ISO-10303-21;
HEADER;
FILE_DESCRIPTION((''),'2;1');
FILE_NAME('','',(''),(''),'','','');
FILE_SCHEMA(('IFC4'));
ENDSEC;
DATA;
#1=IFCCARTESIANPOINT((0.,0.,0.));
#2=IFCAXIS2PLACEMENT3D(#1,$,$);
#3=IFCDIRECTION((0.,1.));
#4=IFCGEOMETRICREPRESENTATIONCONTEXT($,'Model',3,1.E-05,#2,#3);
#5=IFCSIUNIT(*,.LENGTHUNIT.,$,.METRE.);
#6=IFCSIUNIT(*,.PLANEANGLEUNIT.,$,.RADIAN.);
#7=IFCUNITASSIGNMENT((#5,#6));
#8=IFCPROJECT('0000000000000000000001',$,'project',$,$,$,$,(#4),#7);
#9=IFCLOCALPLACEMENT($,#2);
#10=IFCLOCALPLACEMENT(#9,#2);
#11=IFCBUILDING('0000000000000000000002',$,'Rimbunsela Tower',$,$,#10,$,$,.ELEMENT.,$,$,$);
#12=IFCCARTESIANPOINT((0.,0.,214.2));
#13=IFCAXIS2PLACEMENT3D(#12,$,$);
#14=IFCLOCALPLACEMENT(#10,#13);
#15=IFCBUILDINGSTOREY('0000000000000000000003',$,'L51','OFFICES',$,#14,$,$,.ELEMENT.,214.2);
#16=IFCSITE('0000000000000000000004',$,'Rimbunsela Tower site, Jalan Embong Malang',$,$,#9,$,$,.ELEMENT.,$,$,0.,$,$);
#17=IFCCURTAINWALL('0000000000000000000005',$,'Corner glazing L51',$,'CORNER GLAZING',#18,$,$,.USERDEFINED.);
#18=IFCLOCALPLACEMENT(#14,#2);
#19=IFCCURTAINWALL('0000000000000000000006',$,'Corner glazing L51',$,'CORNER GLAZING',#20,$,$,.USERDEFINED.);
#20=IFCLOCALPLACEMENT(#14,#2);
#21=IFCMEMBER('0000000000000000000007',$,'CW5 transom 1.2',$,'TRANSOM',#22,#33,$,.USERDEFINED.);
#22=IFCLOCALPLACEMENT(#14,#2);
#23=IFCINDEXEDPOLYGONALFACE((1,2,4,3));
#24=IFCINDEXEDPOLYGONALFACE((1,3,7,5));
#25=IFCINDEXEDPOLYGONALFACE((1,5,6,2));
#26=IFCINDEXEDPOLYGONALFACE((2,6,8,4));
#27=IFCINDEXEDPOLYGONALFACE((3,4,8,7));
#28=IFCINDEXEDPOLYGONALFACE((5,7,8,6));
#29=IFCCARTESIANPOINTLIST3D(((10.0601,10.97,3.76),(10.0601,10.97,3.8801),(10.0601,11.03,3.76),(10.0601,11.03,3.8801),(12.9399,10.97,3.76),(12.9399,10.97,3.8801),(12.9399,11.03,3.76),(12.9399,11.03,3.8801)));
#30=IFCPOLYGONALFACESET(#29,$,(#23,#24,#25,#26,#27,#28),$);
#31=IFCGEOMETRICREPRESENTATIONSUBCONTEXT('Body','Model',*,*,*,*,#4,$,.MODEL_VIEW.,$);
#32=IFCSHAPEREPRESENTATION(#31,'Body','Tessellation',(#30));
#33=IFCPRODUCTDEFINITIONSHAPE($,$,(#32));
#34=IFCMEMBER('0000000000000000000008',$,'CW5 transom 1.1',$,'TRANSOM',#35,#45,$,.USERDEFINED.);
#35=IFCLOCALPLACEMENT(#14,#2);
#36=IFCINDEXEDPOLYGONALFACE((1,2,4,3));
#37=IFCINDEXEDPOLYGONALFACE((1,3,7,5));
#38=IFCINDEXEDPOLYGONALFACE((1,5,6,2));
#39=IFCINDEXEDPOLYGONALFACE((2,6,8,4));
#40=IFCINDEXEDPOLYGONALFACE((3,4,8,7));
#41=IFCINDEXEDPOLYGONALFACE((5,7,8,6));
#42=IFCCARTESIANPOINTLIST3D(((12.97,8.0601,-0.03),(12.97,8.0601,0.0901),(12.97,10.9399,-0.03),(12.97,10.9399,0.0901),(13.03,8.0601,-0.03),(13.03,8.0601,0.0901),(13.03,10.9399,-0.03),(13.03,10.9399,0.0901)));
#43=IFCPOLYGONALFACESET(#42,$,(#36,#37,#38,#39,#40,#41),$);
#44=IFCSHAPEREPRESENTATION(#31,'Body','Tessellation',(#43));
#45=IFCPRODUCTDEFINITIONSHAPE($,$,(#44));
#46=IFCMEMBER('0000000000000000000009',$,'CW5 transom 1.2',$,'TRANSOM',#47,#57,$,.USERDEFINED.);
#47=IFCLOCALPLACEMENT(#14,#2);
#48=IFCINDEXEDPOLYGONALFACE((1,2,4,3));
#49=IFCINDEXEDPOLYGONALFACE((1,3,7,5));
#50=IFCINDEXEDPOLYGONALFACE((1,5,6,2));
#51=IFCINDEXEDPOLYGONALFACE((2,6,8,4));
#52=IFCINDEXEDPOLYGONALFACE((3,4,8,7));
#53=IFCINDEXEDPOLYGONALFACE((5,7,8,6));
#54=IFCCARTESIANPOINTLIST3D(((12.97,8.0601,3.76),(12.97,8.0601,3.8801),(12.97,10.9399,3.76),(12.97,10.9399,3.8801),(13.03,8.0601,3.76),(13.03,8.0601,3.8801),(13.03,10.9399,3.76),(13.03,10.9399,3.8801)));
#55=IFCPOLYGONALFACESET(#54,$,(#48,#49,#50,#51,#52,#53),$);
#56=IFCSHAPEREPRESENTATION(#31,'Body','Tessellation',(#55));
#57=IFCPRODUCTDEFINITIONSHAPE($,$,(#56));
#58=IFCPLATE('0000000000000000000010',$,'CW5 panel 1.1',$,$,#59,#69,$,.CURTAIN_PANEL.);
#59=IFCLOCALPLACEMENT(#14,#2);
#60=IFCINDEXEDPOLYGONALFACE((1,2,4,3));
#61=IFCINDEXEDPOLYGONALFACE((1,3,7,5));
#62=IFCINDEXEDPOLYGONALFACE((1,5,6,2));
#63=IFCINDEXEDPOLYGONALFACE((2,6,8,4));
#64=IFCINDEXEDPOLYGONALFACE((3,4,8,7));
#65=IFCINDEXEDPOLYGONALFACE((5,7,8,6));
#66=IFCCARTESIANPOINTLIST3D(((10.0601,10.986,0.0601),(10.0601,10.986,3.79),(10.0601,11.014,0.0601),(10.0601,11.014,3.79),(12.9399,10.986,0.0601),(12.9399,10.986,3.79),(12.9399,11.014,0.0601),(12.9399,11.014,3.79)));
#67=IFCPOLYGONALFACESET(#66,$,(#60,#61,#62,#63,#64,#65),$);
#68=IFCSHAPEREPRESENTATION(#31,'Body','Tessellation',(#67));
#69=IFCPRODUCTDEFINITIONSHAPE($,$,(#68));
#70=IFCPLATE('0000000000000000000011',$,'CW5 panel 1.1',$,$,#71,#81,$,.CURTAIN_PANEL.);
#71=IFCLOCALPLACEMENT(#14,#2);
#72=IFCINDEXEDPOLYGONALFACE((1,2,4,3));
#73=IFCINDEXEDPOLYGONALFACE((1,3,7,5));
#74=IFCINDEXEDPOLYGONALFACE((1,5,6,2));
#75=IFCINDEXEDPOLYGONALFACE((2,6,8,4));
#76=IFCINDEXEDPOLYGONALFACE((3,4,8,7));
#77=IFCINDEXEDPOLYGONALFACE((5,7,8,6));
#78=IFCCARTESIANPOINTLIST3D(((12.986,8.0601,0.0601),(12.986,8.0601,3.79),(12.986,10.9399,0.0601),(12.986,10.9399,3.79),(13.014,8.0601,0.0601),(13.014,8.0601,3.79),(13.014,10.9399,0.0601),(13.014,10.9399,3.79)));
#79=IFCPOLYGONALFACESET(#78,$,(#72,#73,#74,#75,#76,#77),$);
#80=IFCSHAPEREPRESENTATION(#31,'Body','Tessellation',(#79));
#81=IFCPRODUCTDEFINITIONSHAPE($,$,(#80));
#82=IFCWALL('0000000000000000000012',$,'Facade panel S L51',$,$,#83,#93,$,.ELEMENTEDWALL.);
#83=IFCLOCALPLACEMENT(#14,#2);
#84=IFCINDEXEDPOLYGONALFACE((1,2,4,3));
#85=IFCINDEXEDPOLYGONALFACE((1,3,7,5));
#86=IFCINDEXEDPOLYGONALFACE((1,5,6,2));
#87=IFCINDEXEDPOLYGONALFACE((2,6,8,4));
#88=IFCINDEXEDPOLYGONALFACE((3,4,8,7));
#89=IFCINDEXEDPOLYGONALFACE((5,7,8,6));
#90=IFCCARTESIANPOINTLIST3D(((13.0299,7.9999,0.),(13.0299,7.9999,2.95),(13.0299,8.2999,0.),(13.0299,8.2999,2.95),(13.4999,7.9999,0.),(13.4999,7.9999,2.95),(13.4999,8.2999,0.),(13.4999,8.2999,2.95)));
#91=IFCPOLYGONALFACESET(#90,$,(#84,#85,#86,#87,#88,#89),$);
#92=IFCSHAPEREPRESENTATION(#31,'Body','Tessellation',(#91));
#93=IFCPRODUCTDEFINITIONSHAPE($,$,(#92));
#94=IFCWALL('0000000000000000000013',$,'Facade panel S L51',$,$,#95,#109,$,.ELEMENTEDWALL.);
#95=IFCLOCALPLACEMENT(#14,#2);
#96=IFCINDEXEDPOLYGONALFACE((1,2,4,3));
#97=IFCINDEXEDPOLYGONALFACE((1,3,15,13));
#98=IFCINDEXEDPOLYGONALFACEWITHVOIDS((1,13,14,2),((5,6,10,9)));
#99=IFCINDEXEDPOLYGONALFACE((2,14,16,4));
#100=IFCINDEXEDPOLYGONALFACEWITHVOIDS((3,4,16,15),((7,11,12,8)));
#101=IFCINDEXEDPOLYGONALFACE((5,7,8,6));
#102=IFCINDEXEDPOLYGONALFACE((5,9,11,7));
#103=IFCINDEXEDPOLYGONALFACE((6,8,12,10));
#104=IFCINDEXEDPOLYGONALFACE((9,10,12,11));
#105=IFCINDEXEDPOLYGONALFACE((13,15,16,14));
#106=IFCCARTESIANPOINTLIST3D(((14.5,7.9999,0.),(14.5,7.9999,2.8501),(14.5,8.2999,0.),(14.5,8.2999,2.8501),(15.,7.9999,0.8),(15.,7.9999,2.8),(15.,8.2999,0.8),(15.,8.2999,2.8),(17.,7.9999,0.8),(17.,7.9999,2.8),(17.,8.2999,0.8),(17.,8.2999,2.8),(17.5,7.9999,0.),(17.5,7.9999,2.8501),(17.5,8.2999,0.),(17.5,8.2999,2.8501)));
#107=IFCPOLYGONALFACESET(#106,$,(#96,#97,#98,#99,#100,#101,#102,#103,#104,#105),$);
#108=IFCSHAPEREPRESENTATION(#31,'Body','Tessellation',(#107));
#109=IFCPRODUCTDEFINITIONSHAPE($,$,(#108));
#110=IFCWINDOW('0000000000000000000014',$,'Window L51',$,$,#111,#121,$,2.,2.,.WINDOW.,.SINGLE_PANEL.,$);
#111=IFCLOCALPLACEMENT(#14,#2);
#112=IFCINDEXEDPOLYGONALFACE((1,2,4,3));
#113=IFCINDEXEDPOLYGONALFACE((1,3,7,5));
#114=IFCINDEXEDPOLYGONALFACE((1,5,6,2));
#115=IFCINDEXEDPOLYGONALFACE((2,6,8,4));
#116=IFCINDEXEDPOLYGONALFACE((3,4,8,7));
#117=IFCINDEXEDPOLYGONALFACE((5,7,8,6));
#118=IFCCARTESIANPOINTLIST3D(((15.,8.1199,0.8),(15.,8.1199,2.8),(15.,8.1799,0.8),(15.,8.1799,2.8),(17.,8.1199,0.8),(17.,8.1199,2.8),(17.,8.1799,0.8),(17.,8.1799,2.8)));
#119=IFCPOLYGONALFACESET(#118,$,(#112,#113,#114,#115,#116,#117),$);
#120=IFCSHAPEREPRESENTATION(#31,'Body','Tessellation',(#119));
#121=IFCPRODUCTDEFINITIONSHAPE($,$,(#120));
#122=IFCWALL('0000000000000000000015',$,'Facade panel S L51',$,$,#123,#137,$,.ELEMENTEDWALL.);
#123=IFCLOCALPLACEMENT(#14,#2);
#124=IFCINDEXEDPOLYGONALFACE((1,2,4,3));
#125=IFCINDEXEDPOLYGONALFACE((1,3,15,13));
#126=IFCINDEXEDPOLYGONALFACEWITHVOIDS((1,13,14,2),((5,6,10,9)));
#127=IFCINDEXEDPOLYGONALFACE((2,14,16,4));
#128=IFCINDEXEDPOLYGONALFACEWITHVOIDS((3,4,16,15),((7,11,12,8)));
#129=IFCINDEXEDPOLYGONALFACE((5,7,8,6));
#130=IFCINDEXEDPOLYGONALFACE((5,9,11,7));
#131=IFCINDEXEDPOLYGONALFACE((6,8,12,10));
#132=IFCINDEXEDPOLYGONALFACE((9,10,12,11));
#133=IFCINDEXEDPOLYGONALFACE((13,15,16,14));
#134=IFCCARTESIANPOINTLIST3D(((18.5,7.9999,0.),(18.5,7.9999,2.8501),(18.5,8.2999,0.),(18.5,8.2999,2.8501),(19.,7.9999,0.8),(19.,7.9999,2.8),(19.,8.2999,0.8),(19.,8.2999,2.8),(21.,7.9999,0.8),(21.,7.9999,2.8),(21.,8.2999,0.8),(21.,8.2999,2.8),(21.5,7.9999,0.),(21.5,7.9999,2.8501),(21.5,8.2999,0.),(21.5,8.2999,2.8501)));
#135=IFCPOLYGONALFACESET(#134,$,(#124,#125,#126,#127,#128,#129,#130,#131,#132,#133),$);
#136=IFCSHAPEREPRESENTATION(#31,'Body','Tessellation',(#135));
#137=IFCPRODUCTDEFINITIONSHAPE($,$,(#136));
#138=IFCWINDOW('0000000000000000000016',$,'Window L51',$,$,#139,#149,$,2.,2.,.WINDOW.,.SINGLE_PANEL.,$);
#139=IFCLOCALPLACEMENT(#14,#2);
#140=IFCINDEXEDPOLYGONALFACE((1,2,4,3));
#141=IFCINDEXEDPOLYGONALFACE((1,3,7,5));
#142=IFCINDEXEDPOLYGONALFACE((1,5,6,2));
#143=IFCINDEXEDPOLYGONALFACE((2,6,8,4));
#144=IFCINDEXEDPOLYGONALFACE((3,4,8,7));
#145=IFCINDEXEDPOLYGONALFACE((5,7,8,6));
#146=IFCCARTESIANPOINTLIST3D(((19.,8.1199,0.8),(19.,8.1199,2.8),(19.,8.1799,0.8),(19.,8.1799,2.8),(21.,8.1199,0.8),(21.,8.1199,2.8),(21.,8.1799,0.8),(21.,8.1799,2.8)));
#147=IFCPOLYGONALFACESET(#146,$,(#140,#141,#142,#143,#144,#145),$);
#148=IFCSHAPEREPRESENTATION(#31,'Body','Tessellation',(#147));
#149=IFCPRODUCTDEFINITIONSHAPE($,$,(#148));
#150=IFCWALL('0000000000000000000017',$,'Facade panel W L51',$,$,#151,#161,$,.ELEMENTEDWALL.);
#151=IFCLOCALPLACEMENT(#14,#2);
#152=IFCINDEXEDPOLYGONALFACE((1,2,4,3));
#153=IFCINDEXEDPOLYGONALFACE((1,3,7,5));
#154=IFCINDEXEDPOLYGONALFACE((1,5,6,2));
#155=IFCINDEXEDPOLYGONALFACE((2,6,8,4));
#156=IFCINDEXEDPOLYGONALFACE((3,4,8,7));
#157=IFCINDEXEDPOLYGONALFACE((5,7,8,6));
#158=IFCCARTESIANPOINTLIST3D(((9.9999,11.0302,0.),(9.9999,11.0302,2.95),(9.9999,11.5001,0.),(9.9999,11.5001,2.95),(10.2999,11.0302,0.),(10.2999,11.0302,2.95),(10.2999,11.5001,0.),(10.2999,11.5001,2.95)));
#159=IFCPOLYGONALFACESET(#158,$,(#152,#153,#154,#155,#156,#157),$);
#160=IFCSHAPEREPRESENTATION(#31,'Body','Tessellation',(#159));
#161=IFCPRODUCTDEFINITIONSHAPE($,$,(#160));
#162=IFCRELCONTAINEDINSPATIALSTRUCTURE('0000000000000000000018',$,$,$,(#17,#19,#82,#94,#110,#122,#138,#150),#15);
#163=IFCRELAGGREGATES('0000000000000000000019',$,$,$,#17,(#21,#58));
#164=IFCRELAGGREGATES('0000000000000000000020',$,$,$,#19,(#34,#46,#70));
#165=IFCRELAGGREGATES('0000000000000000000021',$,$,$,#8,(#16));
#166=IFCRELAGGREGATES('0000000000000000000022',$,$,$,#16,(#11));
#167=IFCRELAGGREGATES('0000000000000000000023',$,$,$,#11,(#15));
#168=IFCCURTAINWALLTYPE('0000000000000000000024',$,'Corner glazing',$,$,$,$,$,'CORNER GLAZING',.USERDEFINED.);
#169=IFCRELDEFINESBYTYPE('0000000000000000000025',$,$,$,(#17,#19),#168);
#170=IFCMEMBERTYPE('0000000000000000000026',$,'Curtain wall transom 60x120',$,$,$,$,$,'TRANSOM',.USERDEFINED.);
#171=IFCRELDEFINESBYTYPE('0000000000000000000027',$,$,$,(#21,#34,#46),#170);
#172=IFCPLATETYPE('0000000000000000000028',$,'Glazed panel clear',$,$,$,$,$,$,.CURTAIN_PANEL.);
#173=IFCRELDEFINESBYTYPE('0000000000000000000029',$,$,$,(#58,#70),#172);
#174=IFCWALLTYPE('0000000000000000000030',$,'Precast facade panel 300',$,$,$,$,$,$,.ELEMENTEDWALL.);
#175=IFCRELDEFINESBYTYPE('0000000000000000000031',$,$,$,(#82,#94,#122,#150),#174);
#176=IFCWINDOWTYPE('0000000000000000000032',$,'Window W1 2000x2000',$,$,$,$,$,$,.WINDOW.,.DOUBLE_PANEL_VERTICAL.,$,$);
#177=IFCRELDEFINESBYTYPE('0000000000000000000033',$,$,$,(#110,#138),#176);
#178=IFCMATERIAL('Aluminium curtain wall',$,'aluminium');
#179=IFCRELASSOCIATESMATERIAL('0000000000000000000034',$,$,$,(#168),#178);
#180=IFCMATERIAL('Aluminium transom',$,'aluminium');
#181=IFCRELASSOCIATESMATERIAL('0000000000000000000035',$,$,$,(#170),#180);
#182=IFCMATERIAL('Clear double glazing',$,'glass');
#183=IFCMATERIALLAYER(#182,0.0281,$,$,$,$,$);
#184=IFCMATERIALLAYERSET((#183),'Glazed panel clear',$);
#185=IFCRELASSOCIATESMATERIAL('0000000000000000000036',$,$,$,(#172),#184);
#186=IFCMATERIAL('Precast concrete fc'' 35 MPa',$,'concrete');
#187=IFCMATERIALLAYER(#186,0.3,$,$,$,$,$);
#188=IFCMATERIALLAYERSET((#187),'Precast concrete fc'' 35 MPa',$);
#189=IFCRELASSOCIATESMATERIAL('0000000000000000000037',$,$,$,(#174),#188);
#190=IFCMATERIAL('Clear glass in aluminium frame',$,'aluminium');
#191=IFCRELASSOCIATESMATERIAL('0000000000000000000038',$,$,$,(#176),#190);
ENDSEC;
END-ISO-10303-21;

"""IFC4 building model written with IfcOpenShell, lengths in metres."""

from ifc_helpers import new_model, si_unit, direction, frame, frame_2d, origin, origin_2d, place, context, subcontext, project, spatial, rectangle, extrude, material, layer, layer_set, material_profile, profile_set, type_object, element, fill, aggregate, save


model = new_model("IFC4")

# Units and contexts
model_context = context("Model", 3, precision=1e-05, world=origin(), true_north=direction((0.0, 1.0)))
body_context = subcontext(model_context, "Body", "Model", "MODEL_VIEW")
ifc_project = project(units=[si_unit("LENGTHUNIT", "METRE"), si_unit("PLANEANGLEUNIT", "RADIAN")], contexts=[model_context])

# Site, building, storey
site_placement = place(None, origin())
site = spatial("IfcSite", under=ifc_project, at=site_placement, Name="Rimbunsela Tower site, Jalan Embong Malang", CompositionType="ELEMENT", RefElevation=0.0)
building_placement = place(site_placement, origin())
building = spatial("IfcBuilding", under=site, at=building_placement, Name="Rimbunsela Tower", CompositionType="ELEMENT")
storey_placement = place(building_placement, frame((0.0, 0.0, 214.2)))
storey = spatial("IfcBuildingStorey", under=building, at=storey_placement, Name="L51", Description="OFFICES", CompositionType="ELEMENT", Elevation=214.2)

# Curtain walls
ifc_material_1 = material(Name="Aluminium curtain wall", Category="aluminium")
curtain_wall_type = type_object("IfcCurtainWallType", Name="Corner glazing", ElementType="CORNER GLAZING", PredefinedType="USERDEFINED", material=ifc_material_1)
curtain_wall_1_placement = place(storey_placement, origin())
curtain_wall_1 = element("IfcCurtainWall", 1, at=curtain_wall_1_placement, inside=storey, type_object=curtain_wall_type, Name="Corner glazing L51", ObjectType="CORNER GLAZING", PredefinedType="USERDEFINED")
curtain_wall_2_placement = place(storey_placement, origin())
curtain_wall_2 = element("IfcCurtainWall", 2, at=curtain_wall_2_placement, inside=storey, type_object=curtain_wall_type, Name="Corner glazing L51", ObjectType="CORNER GLAZING", PredefinedType="USERDEFINED")

# Members
ifc_material_2 = material(Name="Aluminium transom", Category="aluminium")
ifc_material_profile_1 = material_profile(ifc_material_2, rectangle(XDim=0.0601, YDim=0.1201, at=origin_2d()), Name="Transom 60x120")
ifc_profile_set_1 = profile_set([ifc_material_profile_1], Name="Aluminium transom")
member_type_1 = type_object("IfcMemberType", Name="Curtain wall transom 60x120", ElementType="TRANSOM", PredefinedType="USERDEFINED", material=ifc_profile_set_1)
member_1_placement = place(storey_placement, frame((10.0601, 11.0, 3.8201), z_axis=(1.0, 0.0, 0.0), x_axis=(0.0, 1.0, 0.0)))
member_1 = element("IfcMember", 3, at=member_1_placement, type_object=member_type_1, Name="CW5 transom 1.2", ObjectType="TRANSOM", PredefinedType="USERDEFINED", context=body_context, shape_type="SweptSolid", body=[
    extrude(rectangle(XDim=0.0601, YDim=0.1201, at=origin_2d()), origin(), (0.0, 0.0, 1.0), 2.8799),
])
member_2_placement = place(storey_placement, frame((13.0, 10.9399, 0.03), z_axis=(0.0, -1.0, 0.0), x_axis=(1.0, 0.0, 0.0)))
member_2 = element("IfcMember", 4, at=member_2_placement, type_object=member_type_1, Name="CW5 transom 1.1", ObjectType="TRANSOM", PredefinedType="USERDEFINED", context=body_context, shape_type="SweptSolid", body=[
    extrude(rectangle(XDim=0.0601, YDim=0.1201, at=origin_2d()), origin(), (0.0, 0.0, 1.0), 2.8799),
])
member_3_placement = place(storey_placement, frame((13.0, 10.9399, 3.8201), z_axis=(0.0, -1.0, 0.0), x_axis=(1.0, 0.0, 0.0)))
member_3 = element("IfcMember", 5, at=member_3_placement, type_object=member_type_1, Name="CW5 transom 1.2", ObjectType="TRANSOM", PredefinedType="USERDEFINED", context=body_context, shape_type="SweptSolid", body=[
    extrude(rectangle(XDim=0.0601, YDim=0.1201, at=origin_2d()), origin(), (0.0, 0.0, 1.0), 2.8799),
])

# Plates
ifc_material_3 = material(Name="Clear double glazing", Category="glass")
ifc_layer_1 = layer(ifc_material_3, 0.0281)
ifc_layer_set_1 = layer_set([ifc_layer_1], Name="Glazed panel clear")
plate_type = type_object("IfcPlateType", Name="Glazed panel clear", PredefinedType="CURTAIN_PANEL", material=ifc_layer_set_1)
plate_1_placement = place(storey_placement, frame((11.5, 11.0, 0.0601), z_axis=(0.0, 0.0, 1.0), x_axis=(1.0, 0.0, 0.0)))
plate_1 = element("IfcPlate", 6, at=plate_1_placement, type_object=plate_type, Name="CW5 panel 1.1", PredefinedType="CURTAIN_PANEL", context=body_context, shape_type="SweptSolid", body=[
    extrude(rectangle(XDim=2.8799, YDim=0.0281, at=origin_2d()), origin(), (0.0, 0.0, 1.0), 3.73),
])
aggregate(curtain_wall_1, [member_1, plate_1])
plate_2_placement = place(storey_placement, frame((13.0, 9.5, 0.0601), z_axis=(0.0, 0.0, 1.0), x_axis=(0.0, -1.0, 0.0)))
plate_2 = element("IfcPlate", 7, at=plate_2_placement, type_object=plate_type, Name="CW5 panel 1.1", PredefinedType="CURTAIN_PANEL", context=body_context, shape_type="SweptSolid", body=[
    extrude(rectangle(XDim=2.8799, YDim=0.0281, at=origin_2d()), origin(), (0.0, 0.0, 1.0), 3.73),
])
aggregate(curtain_wall_2, [member_2, member_3, plate_2])

# Wall
ifc_material_4 = material(Name="Precast concrete fc' 35 MPa", Category="concrete")
ifc_layer_2 = layer(ifc_material_4, 0.3)
ifc_layer_set_2 = layer_set([ifc_layer_2], Name="Precast concrete fc' 35 MPa")
wall_type = type_object("IfcWallType", Name="Precast facade panel 300", PredefinedType="ELEMENTEDWALL", material=ifc_layer_set_2)
wall_1_placement = place(storey_placement, frame((13.03, 8.1499, 0.0), z_axis=(0.0, 0.0, 1.0), x_axis=(1.0, 0.0, 0.0)))
element("IfcWall", 8, at=wall_1_placement, inside=storey, type_object=wall_type, Name="Facade panel S L51", PredefinedType="ELEMENTEDWALL", context=body_context, shape_type="SweptSolid", body=[
    extrude(rectangle(XDim=0.47, YDim=0.3, at=frame_2d((0.2349, 0.0))), origin(), (0.0, 0.0, 1.0), 2.95),
])

# Walls, openings, windows
wall_2_placement = place(storey_placement, frame((14.5, 8.1499, 0.0), z_axis=(0.0, 0.0, 1.0), x_axis=(1.0, 0.0, 0.0)))
wall_2 = element("IfcWall", 9, at=wall_2_placement, inside=storey, type_object=wall_type, Name="Facade panel S L51", PredefinedType="ELEMENTEDWALL", context=body_context, shape_type="SweptSolid", body=[
    extrude(rectangle(XDim=3.0, YDim=0.3, at=frame_2d((1.5, 0.0))), origin(), (0.0, 0.0, 1.0), 2.8501),
])
opening_1_placement = place(wall_2_placement, frame((0.5, 0.0, 0.8)))
opening_1 = element("IfcOpeningElement", 10, at=opening_1_placement, cuts=wall_2, PredefinedType="OPENING", context=body_context, shape_type="SweptSolid", body=[
    extrude(rectangle(XDim=2.0, YDim=2.0, at=frame_2d((1.0, 1.0))), frame((0.0, 0.1599, 0.0), z_axis=(0.0, -1.0, 0.0), x_axis=(1.0, 0.0, 0.0)), (0.0, 0.0, 1.0), 0.3201),
])
ifc_material_5 = material(Name="Clear glass in aluminium frame", Category="aluminium")
window_type = type_object("IfcWindowType", Name="Window W1 2000x2000", PartitioningType="DOUBLE_PANEL_VERTICAL", PredefinedType="WINDOW", material=ifc_material_5)
window_1_placement = place(opening_1_placement, origin())
window_1 = element("IfcWindow", 11, at=window_1_placement, inside=storey, type_object=window_type, Name="Window L51", OverallHeight=2.0, OverallWidth=2.0, PartitioningType="SINGLE_PANEL", PredefinedType="WINDOW", context=body_context, shape_type="SweptSolid", body=[
    extrude(rectangle(XDim=2.0, YDim=2.0, at=frame_2d((1.0, 1.0))), frame((0.0, 0.03, 0.0), z_axis=(0.0, -1.0, 0.0), x_axis=(1.0, 0.0, 0.0)), (0.0, 0.0, 1.0), 0.0601),
])
fill(opening_1, window_1)
wall_3_placement = place(storey_placement, frame((18.5, 8.1499, 0.0), z_axis=(0.0, 0.0, 1.0), x_axis=(1.0, 0.0, 0.0)))
wall_3 = element("IfcWall", 12, at=wall_3_placement, inside=storey, type_object=wall_type, Name="Facade panel S L51", PredefinedType="ELEMENTEDWALL", context=body_context, shape_type="SweptSolid", body=[
    extrude(rectangle(XDim=3.0, YDim=0.3, at=frame_2d((1.5, 0.0))), origin(), (0.0, 0.0, 1.0), 2.8501),
])
opening_2_placement = place(wall_3_placement, frame((0.5, 0.0, 0.8)))
opening_2 = element("IfcOpeningElement", 13, at=opening_2_placement, cuts=wall_3, PredefinedType="OPENING", context=body_context, shape_type="SweptSolid", body=[
    extrude(rectangle(XDim=2.0, YDim=2.0, at=frame_2d((1.0, 1.0))), frame((0.0, 0.1599, 0.0), z_axis=(0.0, -1.0, 0.0), x_axis=(1.0, 0.0, 0.0)), (0.0, 0.0, 1.0), 0.3201),
])
window_2_placement = place(opening_2_placement, origin())
window_2 = element("IfcWindow", 14, at=window_2_placement, inside=storey, type_object=window_type, Name="Window L51", OverallHeight=2.0, OverallWidth=2.0, PartitioningType="SINGLE_PANEL", PredefinedType="WINDOW", context=body_context, shape_type="SweptSolid", body=[
    extrude(rectangle(XDim=2.0, YDim=2.0, at=frame_2d((1.0, 1.0))), frame((0.0, 0.03, 0.0), z_axis=(0.0, -1.0, 0.0), x_axis=(1.0, 0.0, 0.0)), (0.0, 0.0, 1.0), 0.0601),
])
fill(opening_2, window_2)

# Wall
wall_4_placement = place(storey_placement, frame((10.1499, 11.5, 0.0), z_axis=(0.0, 0.0, 1.0), x_axis=(0.0, -1.0, 0.0)))
element("IfcWall", 15, at=wall_4_placement, inside=storey, type_object=wall_type, Name="Facade panel W L51", PredefinedType="ELEMENTEDWALL", context=body_context, shape_type="SweptSolid", body=[
    extrude(rectangle(XDim=0.47, YDim=0.3, at=frame_2d((0.2349, 0.0))), origin(), (0.0, 0.0, 1.0), 2.95),
])

save(model, "model.ifc")
